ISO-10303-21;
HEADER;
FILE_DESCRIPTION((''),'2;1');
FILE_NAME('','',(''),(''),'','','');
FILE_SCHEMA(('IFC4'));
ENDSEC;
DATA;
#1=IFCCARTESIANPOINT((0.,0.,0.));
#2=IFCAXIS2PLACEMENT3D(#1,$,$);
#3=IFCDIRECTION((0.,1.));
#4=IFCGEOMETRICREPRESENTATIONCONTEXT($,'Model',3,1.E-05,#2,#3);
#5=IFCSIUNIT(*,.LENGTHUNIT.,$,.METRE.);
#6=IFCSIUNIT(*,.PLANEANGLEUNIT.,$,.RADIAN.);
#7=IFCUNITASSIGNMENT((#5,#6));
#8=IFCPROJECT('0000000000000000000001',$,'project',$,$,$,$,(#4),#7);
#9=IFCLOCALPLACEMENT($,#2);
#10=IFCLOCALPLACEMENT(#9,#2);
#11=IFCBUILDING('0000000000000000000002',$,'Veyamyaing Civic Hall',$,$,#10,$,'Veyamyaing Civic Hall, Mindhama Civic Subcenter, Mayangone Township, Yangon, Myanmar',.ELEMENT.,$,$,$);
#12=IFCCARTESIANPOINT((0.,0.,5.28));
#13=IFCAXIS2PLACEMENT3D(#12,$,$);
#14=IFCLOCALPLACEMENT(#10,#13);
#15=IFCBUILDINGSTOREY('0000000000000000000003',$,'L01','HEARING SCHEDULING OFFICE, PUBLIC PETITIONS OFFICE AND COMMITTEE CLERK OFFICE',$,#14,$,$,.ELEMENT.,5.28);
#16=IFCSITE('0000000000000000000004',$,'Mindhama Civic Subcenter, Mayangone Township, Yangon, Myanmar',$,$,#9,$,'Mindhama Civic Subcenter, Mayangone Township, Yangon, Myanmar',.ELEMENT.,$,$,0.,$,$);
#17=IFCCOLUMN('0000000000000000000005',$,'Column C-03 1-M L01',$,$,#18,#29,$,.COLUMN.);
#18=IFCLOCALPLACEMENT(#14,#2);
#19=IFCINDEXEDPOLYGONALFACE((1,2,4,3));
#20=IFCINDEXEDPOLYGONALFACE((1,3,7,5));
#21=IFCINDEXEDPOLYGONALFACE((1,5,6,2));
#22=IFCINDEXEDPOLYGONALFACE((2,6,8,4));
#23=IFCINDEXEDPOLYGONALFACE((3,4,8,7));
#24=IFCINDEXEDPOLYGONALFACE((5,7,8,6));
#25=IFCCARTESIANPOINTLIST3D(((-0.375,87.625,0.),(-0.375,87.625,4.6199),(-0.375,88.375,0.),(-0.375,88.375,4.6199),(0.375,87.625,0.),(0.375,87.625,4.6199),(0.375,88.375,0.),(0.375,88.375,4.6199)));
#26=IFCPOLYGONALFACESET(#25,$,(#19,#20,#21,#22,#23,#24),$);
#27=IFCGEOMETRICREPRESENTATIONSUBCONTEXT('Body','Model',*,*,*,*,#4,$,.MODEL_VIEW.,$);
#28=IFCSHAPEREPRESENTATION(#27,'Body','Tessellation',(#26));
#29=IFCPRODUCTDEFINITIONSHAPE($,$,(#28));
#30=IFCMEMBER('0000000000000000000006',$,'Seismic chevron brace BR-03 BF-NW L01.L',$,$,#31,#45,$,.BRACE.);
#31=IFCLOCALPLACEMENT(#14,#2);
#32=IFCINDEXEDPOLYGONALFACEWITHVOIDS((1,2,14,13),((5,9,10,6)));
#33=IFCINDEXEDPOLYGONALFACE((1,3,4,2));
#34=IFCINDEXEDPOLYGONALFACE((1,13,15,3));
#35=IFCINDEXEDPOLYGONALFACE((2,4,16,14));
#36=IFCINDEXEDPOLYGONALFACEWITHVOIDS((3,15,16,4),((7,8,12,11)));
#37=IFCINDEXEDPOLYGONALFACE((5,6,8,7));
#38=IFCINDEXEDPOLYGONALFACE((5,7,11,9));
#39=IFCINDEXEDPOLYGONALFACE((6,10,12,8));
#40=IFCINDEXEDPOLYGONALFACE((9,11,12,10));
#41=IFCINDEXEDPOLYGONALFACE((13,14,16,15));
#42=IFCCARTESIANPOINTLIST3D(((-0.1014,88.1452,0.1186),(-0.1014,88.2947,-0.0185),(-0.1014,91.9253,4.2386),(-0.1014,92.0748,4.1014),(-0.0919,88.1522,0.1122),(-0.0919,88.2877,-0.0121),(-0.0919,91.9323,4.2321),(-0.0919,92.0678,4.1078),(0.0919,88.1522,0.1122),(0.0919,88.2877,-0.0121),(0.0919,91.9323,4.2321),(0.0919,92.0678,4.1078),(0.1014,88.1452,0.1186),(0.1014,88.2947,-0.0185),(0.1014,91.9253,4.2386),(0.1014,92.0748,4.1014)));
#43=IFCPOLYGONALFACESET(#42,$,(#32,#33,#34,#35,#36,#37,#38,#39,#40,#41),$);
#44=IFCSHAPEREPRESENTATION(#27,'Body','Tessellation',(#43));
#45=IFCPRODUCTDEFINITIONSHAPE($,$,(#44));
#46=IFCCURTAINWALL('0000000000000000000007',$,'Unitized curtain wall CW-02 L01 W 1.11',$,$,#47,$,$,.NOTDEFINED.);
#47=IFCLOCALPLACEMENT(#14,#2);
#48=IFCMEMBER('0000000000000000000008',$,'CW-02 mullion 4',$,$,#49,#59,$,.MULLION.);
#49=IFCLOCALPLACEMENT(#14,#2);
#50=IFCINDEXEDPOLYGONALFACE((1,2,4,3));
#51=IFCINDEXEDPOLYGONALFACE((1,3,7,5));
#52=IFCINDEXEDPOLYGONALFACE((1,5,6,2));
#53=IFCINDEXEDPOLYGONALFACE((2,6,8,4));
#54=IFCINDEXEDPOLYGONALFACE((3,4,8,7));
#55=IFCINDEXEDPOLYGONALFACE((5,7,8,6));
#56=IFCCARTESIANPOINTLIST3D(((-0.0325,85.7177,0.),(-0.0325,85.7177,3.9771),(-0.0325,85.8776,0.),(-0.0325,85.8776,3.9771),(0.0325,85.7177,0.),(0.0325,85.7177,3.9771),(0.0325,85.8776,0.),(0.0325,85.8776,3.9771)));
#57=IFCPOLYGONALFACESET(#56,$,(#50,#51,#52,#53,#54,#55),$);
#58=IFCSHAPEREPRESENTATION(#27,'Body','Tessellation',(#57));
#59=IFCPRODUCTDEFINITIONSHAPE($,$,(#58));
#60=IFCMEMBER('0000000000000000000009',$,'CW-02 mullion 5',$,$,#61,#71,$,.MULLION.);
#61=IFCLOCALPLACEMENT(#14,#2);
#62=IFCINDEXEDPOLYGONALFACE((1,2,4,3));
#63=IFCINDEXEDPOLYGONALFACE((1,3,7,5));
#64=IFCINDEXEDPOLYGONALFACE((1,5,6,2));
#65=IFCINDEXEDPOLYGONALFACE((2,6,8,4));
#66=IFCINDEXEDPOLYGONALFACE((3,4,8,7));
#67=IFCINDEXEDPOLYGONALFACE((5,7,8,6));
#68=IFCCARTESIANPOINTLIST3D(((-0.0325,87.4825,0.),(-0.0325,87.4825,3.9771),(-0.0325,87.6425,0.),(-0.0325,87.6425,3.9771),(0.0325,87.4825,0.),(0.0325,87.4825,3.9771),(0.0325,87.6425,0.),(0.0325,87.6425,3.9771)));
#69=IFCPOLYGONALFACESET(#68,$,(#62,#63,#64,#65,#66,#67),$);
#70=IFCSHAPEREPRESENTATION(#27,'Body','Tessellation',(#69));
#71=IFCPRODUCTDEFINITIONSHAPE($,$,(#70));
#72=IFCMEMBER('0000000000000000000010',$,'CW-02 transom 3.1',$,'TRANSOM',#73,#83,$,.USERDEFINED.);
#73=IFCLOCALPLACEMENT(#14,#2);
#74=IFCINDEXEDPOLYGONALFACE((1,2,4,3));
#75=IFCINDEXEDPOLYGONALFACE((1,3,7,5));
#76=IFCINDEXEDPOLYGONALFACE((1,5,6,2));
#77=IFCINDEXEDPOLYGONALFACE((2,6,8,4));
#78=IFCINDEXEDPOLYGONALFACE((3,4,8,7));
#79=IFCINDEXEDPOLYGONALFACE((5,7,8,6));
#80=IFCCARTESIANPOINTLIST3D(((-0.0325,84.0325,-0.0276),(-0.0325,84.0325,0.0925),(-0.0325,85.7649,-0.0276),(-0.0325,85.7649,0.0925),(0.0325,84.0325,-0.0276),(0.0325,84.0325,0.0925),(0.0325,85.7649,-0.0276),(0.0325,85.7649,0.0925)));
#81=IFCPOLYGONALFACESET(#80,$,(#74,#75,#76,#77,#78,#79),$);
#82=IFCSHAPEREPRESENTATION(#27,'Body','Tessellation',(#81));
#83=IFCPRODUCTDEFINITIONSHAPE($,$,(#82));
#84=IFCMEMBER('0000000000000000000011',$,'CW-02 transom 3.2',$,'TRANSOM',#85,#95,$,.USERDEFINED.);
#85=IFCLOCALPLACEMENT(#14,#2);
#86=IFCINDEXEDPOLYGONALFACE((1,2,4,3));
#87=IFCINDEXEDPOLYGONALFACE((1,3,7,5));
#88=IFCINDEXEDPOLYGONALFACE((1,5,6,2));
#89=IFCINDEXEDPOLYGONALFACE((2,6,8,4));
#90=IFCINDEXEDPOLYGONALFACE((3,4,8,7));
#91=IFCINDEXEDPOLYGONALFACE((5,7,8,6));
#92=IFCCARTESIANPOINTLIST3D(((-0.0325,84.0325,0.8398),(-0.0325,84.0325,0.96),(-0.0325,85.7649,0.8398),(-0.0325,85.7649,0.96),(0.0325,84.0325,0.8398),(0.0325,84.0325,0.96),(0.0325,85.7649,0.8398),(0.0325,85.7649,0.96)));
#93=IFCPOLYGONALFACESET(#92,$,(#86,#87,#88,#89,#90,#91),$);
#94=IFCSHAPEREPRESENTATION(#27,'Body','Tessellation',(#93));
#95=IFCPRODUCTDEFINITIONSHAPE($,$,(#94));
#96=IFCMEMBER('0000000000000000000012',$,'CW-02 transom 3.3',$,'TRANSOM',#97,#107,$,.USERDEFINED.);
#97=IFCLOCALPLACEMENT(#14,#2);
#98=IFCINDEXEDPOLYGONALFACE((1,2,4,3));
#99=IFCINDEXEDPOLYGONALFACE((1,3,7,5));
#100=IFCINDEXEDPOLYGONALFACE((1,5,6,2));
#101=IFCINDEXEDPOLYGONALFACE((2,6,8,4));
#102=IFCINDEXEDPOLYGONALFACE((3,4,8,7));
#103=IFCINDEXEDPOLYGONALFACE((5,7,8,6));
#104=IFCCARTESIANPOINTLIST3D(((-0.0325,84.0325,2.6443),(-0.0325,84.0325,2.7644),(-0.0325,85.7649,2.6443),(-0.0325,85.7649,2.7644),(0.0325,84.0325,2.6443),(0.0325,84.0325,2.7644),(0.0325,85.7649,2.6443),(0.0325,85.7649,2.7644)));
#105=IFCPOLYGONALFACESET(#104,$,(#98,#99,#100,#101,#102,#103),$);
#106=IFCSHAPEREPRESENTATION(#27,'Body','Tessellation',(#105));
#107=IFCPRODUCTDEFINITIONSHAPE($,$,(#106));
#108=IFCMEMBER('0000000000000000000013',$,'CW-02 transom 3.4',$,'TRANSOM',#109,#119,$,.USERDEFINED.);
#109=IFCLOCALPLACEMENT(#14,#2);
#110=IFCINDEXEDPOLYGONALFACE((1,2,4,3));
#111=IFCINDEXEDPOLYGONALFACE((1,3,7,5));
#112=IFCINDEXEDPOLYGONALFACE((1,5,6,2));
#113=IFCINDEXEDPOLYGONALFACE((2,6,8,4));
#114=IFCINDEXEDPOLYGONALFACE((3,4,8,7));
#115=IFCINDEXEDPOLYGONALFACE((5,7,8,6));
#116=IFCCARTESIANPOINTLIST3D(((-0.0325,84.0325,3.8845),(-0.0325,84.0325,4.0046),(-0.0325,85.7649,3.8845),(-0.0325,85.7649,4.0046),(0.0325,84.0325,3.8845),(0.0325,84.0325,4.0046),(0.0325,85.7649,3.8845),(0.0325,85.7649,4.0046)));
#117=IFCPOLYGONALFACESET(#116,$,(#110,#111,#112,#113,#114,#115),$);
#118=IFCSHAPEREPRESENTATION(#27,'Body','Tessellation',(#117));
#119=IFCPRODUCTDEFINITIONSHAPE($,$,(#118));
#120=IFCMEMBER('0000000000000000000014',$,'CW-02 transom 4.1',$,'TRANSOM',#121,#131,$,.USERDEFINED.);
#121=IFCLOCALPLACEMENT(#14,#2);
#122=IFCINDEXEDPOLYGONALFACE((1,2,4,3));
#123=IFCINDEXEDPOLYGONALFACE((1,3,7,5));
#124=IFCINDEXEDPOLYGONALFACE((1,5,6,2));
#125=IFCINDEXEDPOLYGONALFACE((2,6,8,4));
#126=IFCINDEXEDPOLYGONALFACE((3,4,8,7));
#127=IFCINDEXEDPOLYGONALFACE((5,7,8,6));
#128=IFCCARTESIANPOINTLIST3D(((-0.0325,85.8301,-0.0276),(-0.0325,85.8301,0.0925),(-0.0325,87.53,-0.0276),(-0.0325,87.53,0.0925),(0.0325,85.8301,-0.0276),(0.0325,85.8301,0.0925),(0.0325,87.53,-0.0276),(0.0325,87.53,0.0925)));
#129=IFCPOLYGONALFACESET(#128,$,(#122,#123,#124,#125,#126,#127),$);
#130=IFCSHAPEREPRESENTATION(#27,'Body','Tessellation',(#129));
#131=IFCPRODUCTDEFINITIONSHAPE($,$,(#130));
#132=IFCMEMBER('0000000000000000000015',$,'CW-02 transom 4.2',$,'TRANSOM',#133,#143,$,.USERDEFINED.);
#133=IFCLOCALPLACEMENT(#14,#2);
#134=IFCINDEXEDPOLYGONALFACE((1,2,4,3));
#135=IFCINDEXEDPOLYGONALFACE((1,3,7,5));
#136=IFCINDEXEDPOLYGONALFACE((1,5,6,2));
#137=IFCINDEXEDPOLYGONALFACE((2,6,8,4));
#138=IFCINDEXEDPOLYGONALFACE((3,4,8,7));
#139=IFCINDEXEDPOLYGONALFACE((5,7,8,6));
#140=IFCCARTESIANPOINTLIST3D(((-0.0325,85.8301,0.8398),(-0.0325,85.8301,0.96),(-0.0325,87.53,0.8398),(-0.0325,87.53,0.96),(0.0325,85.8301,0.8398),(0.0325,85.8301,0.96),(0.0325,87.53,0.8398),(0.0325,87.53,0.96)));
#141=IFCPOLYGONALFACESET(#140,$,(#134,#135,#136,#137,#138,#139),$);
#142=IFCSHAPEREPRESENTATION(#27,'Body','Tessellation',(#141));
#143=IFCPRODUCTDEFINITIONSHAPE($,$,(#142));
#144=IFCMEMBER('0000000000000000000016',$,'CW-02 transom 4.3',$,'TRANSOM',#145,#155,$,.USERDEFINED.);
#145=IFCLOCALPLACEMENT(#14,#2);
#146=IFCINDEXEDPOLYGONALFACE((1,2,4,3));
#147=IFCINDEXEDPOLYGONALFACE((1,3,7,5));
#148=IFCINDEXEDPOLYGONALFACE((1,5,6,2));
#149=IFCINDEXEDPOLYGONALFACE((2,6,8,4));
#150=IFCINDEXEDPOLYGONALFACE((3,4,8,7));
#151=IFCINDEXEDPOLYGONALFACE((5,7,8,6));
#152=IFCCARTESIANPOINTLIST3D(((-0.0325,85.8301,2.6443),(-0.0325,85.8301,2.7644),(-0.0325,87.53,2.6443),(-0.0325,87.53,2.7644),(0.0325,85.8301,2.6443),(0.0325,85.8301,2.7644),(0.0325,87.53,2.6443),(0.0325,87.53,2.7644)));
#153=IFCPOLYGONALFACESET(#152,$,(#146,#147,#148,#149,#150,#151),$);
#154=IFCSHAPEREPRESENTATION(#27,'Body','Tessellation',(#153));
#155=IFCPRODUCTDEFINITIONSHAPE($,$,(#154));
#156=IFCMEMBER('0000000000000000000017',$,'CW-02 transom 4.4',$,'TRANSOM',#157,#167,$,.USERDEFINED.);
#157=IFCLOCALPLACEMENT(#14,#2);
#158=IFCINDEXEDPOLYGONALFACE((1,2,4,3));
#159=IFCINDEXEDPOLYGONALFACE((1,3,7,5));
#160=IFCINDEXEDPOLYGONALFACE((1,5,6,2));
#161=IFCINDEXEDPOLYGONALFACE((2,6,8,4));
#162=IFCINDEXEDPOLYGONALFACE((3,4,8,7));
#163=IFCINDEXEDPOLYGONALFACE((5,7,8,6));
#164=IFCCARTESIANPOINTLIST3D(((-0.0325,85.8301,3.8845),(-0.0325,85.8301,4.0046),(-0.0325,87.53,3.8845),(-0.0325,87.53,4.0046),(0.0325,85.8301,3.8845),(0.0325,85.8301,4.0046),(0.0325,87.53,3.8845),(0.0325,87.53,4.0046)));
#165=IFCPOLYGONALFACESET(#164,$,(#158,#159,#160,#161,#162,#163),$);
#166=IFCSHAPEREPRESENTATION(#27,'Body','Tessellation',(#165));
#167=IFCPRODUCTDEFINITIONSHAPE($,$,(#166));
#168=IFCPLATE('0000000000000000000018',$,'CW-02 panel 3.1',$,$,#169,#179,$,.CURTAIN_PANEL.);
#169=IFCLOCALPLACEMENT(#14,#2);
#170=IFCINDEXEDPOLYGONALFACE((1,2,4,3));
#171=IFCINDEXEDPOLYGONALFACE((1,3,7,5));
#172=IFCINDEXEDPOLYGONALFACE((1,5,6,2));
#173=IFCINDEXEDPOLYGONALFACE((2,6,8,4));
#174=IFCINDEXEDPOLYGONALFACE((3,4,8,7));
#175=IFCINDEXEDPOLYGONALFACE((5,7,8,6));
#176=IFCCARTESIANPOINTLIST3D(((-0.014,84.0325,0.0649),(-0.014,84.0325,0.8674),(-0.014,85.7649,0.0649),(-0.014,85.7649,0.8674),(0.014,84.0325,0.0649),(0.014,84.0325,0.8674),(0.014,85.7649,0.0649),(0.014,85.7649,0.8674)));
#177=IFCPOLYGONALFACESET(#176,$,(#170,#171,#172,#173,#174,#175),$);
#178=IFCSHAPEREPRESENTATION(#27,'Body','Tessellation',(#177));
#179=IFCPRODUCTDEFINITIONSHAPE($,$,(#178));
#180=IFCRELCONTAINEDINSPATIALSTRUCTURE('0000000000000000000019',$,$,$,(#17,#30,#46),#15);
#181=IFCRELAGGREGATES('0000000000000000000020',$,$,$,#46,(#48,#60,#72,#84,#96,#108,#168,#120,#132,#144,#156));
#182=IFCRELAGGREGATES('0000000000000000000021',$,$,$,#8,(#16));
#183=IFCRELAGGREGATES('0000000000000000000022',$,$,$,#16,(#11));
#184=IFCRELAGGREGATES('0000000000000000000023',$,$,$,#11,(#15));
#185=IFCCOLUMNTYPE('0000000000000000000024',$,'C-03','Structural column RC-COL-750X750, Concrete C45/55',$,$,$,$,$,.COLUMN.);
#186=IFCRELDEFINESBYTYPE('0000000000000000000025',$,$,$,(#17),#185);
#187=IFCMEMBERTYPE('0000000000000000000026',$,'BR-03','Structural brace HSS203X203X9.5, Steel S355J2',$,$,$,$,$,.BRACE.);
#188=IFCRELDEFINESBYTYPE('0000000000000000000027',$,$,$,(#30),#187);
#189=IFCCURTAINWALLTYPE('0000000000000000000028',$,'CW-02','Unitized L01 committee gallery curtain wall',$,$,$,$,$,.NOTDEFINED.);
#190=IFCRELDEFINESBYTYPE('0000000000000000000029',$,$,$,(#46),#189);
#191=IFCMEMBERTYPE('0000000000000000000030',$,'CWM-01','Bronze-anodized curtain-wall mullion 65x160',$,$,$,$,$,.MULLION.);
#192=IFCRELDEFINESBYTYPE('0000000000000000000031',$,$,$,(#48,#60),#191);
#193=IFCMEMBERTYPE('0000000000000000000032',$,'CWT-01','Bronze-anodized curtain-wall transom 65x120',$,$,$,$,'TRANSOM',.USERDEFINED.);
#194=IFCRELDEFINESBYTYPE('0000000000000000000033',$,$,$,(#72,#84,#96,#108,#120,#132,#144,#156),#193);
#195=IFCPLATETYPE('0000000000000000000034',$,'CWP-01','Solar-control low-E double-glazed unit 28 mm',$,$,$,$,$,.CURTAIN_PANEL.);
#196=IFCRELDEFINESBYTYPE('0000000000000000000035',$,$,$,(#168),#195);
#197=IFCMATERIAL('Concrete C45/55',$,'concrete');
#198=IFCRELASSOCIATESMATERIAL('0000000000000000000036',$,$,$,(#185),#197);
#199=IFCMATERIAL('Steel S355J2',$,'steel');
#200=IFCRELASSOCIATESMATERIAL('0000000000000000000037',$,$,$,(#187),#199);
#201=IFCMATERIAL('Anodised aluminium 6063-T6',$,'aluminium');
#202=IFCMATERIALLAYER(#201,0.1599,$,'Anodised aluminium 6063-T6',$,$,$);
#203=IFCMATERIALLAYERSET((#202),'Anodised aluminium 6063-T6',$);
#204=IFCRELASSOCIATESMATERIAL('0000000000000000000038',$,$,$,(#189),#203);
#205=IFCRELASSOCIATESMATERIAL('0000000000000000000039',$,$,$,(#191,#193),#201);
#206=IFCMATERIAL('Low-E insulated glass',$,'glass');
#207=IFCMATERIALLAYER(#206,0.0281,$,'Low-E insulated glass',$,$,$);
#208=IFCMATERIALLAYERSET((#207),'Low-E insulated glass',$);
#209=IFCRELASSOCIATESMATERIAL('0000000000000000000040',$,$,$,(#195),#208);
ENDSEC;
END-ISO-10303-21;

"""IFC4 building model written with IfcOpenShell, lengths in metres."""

from ifc_helpers import new_model, si_unit, direction, frame, origin, origin_2d, place, context, subcontext, project, spatial, rectangle, hollow_rectangle, extrude, material, layer, layer_set, material_profile, profile_set, type_object, element, aggregate, save


model = new_model("IFC4")

# Units and contexts
model_context = context("Model", 3, precision=1e-05, world=origin(), true_north=direction((0.0, 1.0)))
body_context = subcontext(model_context, "Body", "Model", "MODEL_VIEW")
ifc_project = project(units=[si_unit("LENGTHUNIT", "METRE"), si_unit("PLANEANGLEUNIT", "RADIAN")], contexts=[model_context])

# Site, building, storey
site_placement = place(None, origin())
site = spatial("IfcSite", under=ifc_project, at=site_placement, Name="Mindhama Civic Subcenter, Mayangone Township, Yangon, Myanmar", LongName="Mindhama Civic Subcenter, Mayangone Township, Yangon, Myanmar", CompositionType="ELEMENT", RefElevation=0.0)
building_placement = place(site_placement, origin())
building = spatial("IfcBuilding", under=site, at=building_placement, Name="Veyamyaing Civic Hall", LongName="Veyamyaing Civic Hall, Mindhama Civic Subcenter, Mayangone Township, Yangon, Myanmar", CompositionType="ELEMENT")
storey_placement = place(building_placement, frame((0.0, 0.0, 5.28)))
storey = spatial("IfcBuildingStorey", under=building, at=storey_placement, Name="L01", Description="HEARING SCHEDULING OFFICE, PUBLIC PETITIONS OFFICE AND COMMITTEE CLERK OFFICE", CompositionType="ELEMENT", Elevation=5.28)

# Column
ifc_material_1 = material(Name="Concrete C45/55", Category="concrete")
ifc_material_profile_1 = material_profile(ifc_material_1, rectangle(XDim=0.75, YDim=0.75, at=origin_2d()), Name="RC-COL-750X750")
ifc_profile_set_1 = profile_set([ifc_material_profile_1], Name="Concrete C45/55")
column_type = type_object("IfcColumnType", Name="C-03", Description="Structural column RC-COL-750X750, Concrete C45/55", PredefinedType="COLUMN", material=ifc_profile_set_1)
column_placement = place(storey_placement, frame((0.0, 88.0, 0.0), z_axis=(0.0, 0.0, 1.0), x_axis=(1.0, 0.0, 0.0)))
element("IfcColumn", 1, at=column_placement, inside=storey, type_object=column_type, Name="Column C-03 1-M L01", PredefinedType="COLUMN", context=body_context, shape_type="SweptSolid", body=[
    extrude(rectangle(XDim=0.75, YDim=0.75, at=origin_2d()), origin(), (0.0, 0.0, 1.0), 4.6199),
])

# Member
ifc_material_2 = material(Name="Steel S355J2", Category="steel")
ifc_material_profile_2 = material_profile(ifc_material_2, hollow_rectangle(XDim=0.2029, YDim=0.2029, WallThickness=0.0095, at=origin_2d()), Name="HSS203X203X9.5")
ifc_profile_set_2 = profile_set([ifc_material_profile_2], Name="Steel S355J2")
member_type_1 = type_object("IfcMemberType", Name="BR-03", Description="Structural brace HSS203X203X9.5, Steel S355J2", PredefinedType="BRACE", material=ifc_profile_set_2)
member_1_placement = place(storey_placement, frame((0.0, 88.22, 0.05), z_axis=(0.0, 0.676063, 0.736844), x_axis=(-1.0, 0.0, 0.0)))
element("IfcMember", 2, at=member_1_placement, inside=storey, type_object=member_type_1, Name="Seismic chevron brace BR-03 BF-NW L01.L", PredefinedType="BRACE", context=body_context, shape_type="SweptSolid", body=[
    extrude(hollow_rectangle(XDim=0.2029, YDim=0.2029, WallThickness=0.0095, at=origin_2d()), origin(), (0.0, 0.0, 1.0), 5.5913),
])

# Curtain wall, members, plate
ifc_material_3 = material(Name="Anodised aluminium 6063-T6", Category="aluminium")
ifc_layer_1 = layer(ifc_material_3, 0.1599, Name="Anodised aluminium 6063-T6")
ifc_layer_set_1 = layer_set([ifc_layer_1], Name="Anodised aluminium 6063-T6")
curtain_wall_type = type_object("IfcCurtainWallType", Name="CW-02", Description="Unitized L01 committee gallery curtain wall", PredefinedType="NOTDEFINED", material=ifc_layer_set_1)
curtain_wall_placement = place(storey_placement, origin())
curtain_wall = element("IfcCurtainWall", 3, at=curtain_wall_placement, inside=storey, type_object=curtain_wall_type, Name="Unitized curtain wall CW-02 L01 W 1.11", PredefinedType="NOTDEFINED")
ifc_material_profile_3 = material_profile(ifc_material_3, rectangle(XDim=0.0649, YDim=0.1599, at=origin_2d()), Name="ALU-MUL-65X160")
ifc_profile_set_3 = profile_set([ifc_material_profile_3], Name="Anodised aluminium 6063-T6")
member_type_2 = type_object("IfcMemberType", Name="CWM-01", Description="Bronze-anodized curtain-wall mullion 65x160", PredefinedType="MULLION", material=ifc_profile_set_3)
member_2_placement = place(storey_placement, frame((0.0, 85.7976, 0.0), z_axis=(0.0, 0.0, 1.0), x_axis=(-1.0, 0.0, 0.0)))
member_2 = element("IfcMember", 4, at=member_2_placement, type_object=member_type_2, Name="CW-02 mullion 4", PredefinedType="MULLION", context=body_context, shape_type="SweptSolid", body=[
    extrude(rectangle(XDim=0.0649, YDim=0.1599, at=origin_2d()), origin(), (0.0, 0.0, 1.0), 3.9771),
])
member_3_placement = place(storey_placement, frame((0.0, 87.5625, 0.0), z_axis=(0.0, 0.0, 1.0), x_axis=(-1.0, 0.0, 0.0)))
member_3 = element("IfcMember", 5, at=member_3_placement, type_object=member_type_2, Name="CW-02 mullion 5", PredefinedType="MULLION", context=body_context, shape_type="SweptSolid", body=[
    extrude(rectangle(XDim=0.0649, YDim=0.1599, at=origin_2d()), origin(), (0.0, 0.0, 1.0), 3.9771),
])
ifc_material_profile_4 = material_profile(ifc_material_3, rectangle(XDim=0.0649, YDim=0.1201, at=origin_2d()), Name="ALU-TRN-65X120")
ifc_profile_set_4 = profile_set([ifc_material_profile_4], Name="Anodised aluminium 6063-T6")
member_type_3 = type_object("IfcMemberType", Name="CWT-01", Description="Bronze-anodized curtain-wall transom 65x120", ElementType="TRANSOM", PredefinedType="USERDEFINED", material=ifc_profile_set_4)
member_4_placement = place(storey_placement, frame((0.0, 84.0325, 0.0325), z_axis=(0.0, 1.0, 0.0), x_axis=(-1.0, 0.0, 0.0)))
member_4 = element("IfcMember", 6, at=member_4_placement, type_object=member_type_3, Name="CW-02 transom 3.1", ObjectType="TRANSOM", PredefinedType="USERDEFINED", context=body_context, shape_type="SweptSolid", body=[
    extrude(rectangle(XDim=0.0649, YDim=0.1201, at=origin_2d()), origin(), (0.0, 0.0, 1.0), 1.7324),
])
member_5_placement = place(storey_placement, frame((0.0, 84.0325, 0.8999), z_axis=(0.0, 1.0, 0.0), x_axis=(-1.0, 0.0, 0.0)))
member_5 = element("IfcMember", 7, at=member_5_placement, type_object=member_type_3, Name="CW-02 transom 3.2", ObjectType="TRANSOM", PredefinedType="USERDEFINED", context=body_context, shape_type="SweptSolid", body=[
    extrude(rectangle(XDim=0.0649, YDim=0.1201, at=origin_2d()), origin(), (0.0, 0.0, 1.0), 1.7324),
])
member_6_placement = place(storey_placement, frame((0.0, 84.0325, 2.7043), z_axis=(0.0, 1.0, 0.0), x_axis=(-1.0, 0.0, 0.0)))
member_6 = element("IfcMember", 8, at=member_6_placement, type_object=member_type_3, Name="CW-02 transom 3.3", ObjectType="TRANSOM", PredefinedType="USERDEFINED", context=body_context, shape_type="SweptSolid", body=[
    extrude(rectangle(XDim=0.0649, YDim=0.1201, at=origin_2d()), origin(), (0.0, 0.0, 1.0), 1.7324),
])
member_7_placement = place(storey_placement, frame((0.0, 84.0325, 3.9446), z_axis=(0.0, 1.0, 0.0), x_axis=(-1.0, 0.0, 0.0)))
member_7 = element("IfcMember", 9, at=member_7_placement, type_object=member_type_3, Name="CW-02 transom 3.4", ObjectType="TRANSOM", PredefinedType="USERDEFINED", context=body_context, shape_type="SweptSolid", body=[
    extrude(rectangle(XDim=0.0649, YDim=0.1201, at=origin_2d()), origin(), (0.0, 0.0, 1.0), 1.7324),
])
member_8_placement = place(storey_placement, frame((0.0, 85.8301, 0.0325), z_axis=(0.0, 1.0, 0.0), x_axis=(-1.0, 0.0, 0.0)))
member_8 = element("IfcMember", 10, at=member_8_placement, type_object=member_type_3, Name="CW-02 transom 4.1", ObjectType="TRANSOM", PredefinedType="USERDEFINED", context=body_context, shape_type="SweptSolid", body=[
    extrude(rectangle(XDim=0.0649, YDim=0.1201, at=origin_2d()), origin(), (0.0, 0.0, 1.0), 1.7),
])
member_9_placement = place(storey_placement, frame((0.0, 85.8301, 0.8999), z_axis=(0.0, 1.0, 0.0), x_axis=(-1.0, 0.0, 0.0)))
member_9 = element("IfcMember", 11, at=member_9_placement, type_object=member_type_3, Name="CW-02 transom 4.2", ObjectType="TRANSOM", PredefinedType="USERDEFINED", context=body_context, shape_type="SweptSolid", body=[
    extrude(rectangle(XDim=0.0649, YDim=0.1201, at=origin_2d()), origin(), (0.0, 0.0, 1.0), 1.7),
])
member_10_placement = place(storey_placement, frame((0.0, 85.8301, 2.7043), z_axis=(0.0, 1.0, 0.0), x_axis=(-1.0, 0.0, 0.0)))
member_10 = element("IfcMember", 12, at=member_10_placement, type_object=member_type_3, Name="CW-02 transom 4.3", ObjectType="TRANSOM", PredefinedType="USERDEFINED", context=body_context, shape_type="SweptSolid", body=[
    extrude(rectangle(XDim=0.0649, YDim=0.1201, at=origin_2d()), origin(), (0.0, 0.0, 1.0), 1.7),
])
member_11_placement = place(storey_placement, frame((0.0, 85.8301, 3.9446), z_axis=(0.0, 1.0, 0.0), x_axis=(-1.0, 0.0, 0.0)))
member_11 = element("IfcMember", 13, at=member_11_placement, type_object=member_type_3, Name="CW-02 transom 4.4", ObjectType="TRANSOM", PredefinedType="USERDEFINED", context=body_context, shape_type="SweptSolid", body=[
    extrude(rectangle(XDim=0.0649, YDim=0.1201, at=origin_2d()), origin(), (0.0, 0.0, 1.0), 1.7),
])
ifc_material_4 = material(Name="Low-E insulated glass", Category="glass")
ifc_layer_2 = layer(ifc_material_4, 0.0281, Name="Low-E insulated glass")
ifc_layer_set_2 = layer_set([ifc_layer_2], Name="Low-E insulated glass")
plate_type = type_object("IfcPlateType", Name="CWP-01", Description="Solar-control low-E double-glazed unit 28 mm", PredefinedType="CURTAIN_PANEL", material=ifc_layer_set_2)
plate_1_placement = place(storey_placement, frame((0.0, 84.8987, 0.0649), z_axis=(0.0, 0.0, 1.0), x_axis=(0.0, 1.0, 0.0)))
plate_1 = element("IfcPlate", 14, at=plate_1_placement, type_object=plate_type, Name="CW-02 panel 3.1", PredefinedType="CURTAIN_PANEL", context=body_context, shape_type="SweptSolid", body=[
    extrude(rectangle(XDim=1.7324, YDim=0.0281, at=origin_2d()), origin(), (0.0, 0.0, 1.0), 0.8025),
])
aggregate(curtain_wall, [member_2, member_3, member_4, member_5, member_6, member_7, plate_1, member_8, member_9, member_10, member_11])

save(model, "model.ifc")
